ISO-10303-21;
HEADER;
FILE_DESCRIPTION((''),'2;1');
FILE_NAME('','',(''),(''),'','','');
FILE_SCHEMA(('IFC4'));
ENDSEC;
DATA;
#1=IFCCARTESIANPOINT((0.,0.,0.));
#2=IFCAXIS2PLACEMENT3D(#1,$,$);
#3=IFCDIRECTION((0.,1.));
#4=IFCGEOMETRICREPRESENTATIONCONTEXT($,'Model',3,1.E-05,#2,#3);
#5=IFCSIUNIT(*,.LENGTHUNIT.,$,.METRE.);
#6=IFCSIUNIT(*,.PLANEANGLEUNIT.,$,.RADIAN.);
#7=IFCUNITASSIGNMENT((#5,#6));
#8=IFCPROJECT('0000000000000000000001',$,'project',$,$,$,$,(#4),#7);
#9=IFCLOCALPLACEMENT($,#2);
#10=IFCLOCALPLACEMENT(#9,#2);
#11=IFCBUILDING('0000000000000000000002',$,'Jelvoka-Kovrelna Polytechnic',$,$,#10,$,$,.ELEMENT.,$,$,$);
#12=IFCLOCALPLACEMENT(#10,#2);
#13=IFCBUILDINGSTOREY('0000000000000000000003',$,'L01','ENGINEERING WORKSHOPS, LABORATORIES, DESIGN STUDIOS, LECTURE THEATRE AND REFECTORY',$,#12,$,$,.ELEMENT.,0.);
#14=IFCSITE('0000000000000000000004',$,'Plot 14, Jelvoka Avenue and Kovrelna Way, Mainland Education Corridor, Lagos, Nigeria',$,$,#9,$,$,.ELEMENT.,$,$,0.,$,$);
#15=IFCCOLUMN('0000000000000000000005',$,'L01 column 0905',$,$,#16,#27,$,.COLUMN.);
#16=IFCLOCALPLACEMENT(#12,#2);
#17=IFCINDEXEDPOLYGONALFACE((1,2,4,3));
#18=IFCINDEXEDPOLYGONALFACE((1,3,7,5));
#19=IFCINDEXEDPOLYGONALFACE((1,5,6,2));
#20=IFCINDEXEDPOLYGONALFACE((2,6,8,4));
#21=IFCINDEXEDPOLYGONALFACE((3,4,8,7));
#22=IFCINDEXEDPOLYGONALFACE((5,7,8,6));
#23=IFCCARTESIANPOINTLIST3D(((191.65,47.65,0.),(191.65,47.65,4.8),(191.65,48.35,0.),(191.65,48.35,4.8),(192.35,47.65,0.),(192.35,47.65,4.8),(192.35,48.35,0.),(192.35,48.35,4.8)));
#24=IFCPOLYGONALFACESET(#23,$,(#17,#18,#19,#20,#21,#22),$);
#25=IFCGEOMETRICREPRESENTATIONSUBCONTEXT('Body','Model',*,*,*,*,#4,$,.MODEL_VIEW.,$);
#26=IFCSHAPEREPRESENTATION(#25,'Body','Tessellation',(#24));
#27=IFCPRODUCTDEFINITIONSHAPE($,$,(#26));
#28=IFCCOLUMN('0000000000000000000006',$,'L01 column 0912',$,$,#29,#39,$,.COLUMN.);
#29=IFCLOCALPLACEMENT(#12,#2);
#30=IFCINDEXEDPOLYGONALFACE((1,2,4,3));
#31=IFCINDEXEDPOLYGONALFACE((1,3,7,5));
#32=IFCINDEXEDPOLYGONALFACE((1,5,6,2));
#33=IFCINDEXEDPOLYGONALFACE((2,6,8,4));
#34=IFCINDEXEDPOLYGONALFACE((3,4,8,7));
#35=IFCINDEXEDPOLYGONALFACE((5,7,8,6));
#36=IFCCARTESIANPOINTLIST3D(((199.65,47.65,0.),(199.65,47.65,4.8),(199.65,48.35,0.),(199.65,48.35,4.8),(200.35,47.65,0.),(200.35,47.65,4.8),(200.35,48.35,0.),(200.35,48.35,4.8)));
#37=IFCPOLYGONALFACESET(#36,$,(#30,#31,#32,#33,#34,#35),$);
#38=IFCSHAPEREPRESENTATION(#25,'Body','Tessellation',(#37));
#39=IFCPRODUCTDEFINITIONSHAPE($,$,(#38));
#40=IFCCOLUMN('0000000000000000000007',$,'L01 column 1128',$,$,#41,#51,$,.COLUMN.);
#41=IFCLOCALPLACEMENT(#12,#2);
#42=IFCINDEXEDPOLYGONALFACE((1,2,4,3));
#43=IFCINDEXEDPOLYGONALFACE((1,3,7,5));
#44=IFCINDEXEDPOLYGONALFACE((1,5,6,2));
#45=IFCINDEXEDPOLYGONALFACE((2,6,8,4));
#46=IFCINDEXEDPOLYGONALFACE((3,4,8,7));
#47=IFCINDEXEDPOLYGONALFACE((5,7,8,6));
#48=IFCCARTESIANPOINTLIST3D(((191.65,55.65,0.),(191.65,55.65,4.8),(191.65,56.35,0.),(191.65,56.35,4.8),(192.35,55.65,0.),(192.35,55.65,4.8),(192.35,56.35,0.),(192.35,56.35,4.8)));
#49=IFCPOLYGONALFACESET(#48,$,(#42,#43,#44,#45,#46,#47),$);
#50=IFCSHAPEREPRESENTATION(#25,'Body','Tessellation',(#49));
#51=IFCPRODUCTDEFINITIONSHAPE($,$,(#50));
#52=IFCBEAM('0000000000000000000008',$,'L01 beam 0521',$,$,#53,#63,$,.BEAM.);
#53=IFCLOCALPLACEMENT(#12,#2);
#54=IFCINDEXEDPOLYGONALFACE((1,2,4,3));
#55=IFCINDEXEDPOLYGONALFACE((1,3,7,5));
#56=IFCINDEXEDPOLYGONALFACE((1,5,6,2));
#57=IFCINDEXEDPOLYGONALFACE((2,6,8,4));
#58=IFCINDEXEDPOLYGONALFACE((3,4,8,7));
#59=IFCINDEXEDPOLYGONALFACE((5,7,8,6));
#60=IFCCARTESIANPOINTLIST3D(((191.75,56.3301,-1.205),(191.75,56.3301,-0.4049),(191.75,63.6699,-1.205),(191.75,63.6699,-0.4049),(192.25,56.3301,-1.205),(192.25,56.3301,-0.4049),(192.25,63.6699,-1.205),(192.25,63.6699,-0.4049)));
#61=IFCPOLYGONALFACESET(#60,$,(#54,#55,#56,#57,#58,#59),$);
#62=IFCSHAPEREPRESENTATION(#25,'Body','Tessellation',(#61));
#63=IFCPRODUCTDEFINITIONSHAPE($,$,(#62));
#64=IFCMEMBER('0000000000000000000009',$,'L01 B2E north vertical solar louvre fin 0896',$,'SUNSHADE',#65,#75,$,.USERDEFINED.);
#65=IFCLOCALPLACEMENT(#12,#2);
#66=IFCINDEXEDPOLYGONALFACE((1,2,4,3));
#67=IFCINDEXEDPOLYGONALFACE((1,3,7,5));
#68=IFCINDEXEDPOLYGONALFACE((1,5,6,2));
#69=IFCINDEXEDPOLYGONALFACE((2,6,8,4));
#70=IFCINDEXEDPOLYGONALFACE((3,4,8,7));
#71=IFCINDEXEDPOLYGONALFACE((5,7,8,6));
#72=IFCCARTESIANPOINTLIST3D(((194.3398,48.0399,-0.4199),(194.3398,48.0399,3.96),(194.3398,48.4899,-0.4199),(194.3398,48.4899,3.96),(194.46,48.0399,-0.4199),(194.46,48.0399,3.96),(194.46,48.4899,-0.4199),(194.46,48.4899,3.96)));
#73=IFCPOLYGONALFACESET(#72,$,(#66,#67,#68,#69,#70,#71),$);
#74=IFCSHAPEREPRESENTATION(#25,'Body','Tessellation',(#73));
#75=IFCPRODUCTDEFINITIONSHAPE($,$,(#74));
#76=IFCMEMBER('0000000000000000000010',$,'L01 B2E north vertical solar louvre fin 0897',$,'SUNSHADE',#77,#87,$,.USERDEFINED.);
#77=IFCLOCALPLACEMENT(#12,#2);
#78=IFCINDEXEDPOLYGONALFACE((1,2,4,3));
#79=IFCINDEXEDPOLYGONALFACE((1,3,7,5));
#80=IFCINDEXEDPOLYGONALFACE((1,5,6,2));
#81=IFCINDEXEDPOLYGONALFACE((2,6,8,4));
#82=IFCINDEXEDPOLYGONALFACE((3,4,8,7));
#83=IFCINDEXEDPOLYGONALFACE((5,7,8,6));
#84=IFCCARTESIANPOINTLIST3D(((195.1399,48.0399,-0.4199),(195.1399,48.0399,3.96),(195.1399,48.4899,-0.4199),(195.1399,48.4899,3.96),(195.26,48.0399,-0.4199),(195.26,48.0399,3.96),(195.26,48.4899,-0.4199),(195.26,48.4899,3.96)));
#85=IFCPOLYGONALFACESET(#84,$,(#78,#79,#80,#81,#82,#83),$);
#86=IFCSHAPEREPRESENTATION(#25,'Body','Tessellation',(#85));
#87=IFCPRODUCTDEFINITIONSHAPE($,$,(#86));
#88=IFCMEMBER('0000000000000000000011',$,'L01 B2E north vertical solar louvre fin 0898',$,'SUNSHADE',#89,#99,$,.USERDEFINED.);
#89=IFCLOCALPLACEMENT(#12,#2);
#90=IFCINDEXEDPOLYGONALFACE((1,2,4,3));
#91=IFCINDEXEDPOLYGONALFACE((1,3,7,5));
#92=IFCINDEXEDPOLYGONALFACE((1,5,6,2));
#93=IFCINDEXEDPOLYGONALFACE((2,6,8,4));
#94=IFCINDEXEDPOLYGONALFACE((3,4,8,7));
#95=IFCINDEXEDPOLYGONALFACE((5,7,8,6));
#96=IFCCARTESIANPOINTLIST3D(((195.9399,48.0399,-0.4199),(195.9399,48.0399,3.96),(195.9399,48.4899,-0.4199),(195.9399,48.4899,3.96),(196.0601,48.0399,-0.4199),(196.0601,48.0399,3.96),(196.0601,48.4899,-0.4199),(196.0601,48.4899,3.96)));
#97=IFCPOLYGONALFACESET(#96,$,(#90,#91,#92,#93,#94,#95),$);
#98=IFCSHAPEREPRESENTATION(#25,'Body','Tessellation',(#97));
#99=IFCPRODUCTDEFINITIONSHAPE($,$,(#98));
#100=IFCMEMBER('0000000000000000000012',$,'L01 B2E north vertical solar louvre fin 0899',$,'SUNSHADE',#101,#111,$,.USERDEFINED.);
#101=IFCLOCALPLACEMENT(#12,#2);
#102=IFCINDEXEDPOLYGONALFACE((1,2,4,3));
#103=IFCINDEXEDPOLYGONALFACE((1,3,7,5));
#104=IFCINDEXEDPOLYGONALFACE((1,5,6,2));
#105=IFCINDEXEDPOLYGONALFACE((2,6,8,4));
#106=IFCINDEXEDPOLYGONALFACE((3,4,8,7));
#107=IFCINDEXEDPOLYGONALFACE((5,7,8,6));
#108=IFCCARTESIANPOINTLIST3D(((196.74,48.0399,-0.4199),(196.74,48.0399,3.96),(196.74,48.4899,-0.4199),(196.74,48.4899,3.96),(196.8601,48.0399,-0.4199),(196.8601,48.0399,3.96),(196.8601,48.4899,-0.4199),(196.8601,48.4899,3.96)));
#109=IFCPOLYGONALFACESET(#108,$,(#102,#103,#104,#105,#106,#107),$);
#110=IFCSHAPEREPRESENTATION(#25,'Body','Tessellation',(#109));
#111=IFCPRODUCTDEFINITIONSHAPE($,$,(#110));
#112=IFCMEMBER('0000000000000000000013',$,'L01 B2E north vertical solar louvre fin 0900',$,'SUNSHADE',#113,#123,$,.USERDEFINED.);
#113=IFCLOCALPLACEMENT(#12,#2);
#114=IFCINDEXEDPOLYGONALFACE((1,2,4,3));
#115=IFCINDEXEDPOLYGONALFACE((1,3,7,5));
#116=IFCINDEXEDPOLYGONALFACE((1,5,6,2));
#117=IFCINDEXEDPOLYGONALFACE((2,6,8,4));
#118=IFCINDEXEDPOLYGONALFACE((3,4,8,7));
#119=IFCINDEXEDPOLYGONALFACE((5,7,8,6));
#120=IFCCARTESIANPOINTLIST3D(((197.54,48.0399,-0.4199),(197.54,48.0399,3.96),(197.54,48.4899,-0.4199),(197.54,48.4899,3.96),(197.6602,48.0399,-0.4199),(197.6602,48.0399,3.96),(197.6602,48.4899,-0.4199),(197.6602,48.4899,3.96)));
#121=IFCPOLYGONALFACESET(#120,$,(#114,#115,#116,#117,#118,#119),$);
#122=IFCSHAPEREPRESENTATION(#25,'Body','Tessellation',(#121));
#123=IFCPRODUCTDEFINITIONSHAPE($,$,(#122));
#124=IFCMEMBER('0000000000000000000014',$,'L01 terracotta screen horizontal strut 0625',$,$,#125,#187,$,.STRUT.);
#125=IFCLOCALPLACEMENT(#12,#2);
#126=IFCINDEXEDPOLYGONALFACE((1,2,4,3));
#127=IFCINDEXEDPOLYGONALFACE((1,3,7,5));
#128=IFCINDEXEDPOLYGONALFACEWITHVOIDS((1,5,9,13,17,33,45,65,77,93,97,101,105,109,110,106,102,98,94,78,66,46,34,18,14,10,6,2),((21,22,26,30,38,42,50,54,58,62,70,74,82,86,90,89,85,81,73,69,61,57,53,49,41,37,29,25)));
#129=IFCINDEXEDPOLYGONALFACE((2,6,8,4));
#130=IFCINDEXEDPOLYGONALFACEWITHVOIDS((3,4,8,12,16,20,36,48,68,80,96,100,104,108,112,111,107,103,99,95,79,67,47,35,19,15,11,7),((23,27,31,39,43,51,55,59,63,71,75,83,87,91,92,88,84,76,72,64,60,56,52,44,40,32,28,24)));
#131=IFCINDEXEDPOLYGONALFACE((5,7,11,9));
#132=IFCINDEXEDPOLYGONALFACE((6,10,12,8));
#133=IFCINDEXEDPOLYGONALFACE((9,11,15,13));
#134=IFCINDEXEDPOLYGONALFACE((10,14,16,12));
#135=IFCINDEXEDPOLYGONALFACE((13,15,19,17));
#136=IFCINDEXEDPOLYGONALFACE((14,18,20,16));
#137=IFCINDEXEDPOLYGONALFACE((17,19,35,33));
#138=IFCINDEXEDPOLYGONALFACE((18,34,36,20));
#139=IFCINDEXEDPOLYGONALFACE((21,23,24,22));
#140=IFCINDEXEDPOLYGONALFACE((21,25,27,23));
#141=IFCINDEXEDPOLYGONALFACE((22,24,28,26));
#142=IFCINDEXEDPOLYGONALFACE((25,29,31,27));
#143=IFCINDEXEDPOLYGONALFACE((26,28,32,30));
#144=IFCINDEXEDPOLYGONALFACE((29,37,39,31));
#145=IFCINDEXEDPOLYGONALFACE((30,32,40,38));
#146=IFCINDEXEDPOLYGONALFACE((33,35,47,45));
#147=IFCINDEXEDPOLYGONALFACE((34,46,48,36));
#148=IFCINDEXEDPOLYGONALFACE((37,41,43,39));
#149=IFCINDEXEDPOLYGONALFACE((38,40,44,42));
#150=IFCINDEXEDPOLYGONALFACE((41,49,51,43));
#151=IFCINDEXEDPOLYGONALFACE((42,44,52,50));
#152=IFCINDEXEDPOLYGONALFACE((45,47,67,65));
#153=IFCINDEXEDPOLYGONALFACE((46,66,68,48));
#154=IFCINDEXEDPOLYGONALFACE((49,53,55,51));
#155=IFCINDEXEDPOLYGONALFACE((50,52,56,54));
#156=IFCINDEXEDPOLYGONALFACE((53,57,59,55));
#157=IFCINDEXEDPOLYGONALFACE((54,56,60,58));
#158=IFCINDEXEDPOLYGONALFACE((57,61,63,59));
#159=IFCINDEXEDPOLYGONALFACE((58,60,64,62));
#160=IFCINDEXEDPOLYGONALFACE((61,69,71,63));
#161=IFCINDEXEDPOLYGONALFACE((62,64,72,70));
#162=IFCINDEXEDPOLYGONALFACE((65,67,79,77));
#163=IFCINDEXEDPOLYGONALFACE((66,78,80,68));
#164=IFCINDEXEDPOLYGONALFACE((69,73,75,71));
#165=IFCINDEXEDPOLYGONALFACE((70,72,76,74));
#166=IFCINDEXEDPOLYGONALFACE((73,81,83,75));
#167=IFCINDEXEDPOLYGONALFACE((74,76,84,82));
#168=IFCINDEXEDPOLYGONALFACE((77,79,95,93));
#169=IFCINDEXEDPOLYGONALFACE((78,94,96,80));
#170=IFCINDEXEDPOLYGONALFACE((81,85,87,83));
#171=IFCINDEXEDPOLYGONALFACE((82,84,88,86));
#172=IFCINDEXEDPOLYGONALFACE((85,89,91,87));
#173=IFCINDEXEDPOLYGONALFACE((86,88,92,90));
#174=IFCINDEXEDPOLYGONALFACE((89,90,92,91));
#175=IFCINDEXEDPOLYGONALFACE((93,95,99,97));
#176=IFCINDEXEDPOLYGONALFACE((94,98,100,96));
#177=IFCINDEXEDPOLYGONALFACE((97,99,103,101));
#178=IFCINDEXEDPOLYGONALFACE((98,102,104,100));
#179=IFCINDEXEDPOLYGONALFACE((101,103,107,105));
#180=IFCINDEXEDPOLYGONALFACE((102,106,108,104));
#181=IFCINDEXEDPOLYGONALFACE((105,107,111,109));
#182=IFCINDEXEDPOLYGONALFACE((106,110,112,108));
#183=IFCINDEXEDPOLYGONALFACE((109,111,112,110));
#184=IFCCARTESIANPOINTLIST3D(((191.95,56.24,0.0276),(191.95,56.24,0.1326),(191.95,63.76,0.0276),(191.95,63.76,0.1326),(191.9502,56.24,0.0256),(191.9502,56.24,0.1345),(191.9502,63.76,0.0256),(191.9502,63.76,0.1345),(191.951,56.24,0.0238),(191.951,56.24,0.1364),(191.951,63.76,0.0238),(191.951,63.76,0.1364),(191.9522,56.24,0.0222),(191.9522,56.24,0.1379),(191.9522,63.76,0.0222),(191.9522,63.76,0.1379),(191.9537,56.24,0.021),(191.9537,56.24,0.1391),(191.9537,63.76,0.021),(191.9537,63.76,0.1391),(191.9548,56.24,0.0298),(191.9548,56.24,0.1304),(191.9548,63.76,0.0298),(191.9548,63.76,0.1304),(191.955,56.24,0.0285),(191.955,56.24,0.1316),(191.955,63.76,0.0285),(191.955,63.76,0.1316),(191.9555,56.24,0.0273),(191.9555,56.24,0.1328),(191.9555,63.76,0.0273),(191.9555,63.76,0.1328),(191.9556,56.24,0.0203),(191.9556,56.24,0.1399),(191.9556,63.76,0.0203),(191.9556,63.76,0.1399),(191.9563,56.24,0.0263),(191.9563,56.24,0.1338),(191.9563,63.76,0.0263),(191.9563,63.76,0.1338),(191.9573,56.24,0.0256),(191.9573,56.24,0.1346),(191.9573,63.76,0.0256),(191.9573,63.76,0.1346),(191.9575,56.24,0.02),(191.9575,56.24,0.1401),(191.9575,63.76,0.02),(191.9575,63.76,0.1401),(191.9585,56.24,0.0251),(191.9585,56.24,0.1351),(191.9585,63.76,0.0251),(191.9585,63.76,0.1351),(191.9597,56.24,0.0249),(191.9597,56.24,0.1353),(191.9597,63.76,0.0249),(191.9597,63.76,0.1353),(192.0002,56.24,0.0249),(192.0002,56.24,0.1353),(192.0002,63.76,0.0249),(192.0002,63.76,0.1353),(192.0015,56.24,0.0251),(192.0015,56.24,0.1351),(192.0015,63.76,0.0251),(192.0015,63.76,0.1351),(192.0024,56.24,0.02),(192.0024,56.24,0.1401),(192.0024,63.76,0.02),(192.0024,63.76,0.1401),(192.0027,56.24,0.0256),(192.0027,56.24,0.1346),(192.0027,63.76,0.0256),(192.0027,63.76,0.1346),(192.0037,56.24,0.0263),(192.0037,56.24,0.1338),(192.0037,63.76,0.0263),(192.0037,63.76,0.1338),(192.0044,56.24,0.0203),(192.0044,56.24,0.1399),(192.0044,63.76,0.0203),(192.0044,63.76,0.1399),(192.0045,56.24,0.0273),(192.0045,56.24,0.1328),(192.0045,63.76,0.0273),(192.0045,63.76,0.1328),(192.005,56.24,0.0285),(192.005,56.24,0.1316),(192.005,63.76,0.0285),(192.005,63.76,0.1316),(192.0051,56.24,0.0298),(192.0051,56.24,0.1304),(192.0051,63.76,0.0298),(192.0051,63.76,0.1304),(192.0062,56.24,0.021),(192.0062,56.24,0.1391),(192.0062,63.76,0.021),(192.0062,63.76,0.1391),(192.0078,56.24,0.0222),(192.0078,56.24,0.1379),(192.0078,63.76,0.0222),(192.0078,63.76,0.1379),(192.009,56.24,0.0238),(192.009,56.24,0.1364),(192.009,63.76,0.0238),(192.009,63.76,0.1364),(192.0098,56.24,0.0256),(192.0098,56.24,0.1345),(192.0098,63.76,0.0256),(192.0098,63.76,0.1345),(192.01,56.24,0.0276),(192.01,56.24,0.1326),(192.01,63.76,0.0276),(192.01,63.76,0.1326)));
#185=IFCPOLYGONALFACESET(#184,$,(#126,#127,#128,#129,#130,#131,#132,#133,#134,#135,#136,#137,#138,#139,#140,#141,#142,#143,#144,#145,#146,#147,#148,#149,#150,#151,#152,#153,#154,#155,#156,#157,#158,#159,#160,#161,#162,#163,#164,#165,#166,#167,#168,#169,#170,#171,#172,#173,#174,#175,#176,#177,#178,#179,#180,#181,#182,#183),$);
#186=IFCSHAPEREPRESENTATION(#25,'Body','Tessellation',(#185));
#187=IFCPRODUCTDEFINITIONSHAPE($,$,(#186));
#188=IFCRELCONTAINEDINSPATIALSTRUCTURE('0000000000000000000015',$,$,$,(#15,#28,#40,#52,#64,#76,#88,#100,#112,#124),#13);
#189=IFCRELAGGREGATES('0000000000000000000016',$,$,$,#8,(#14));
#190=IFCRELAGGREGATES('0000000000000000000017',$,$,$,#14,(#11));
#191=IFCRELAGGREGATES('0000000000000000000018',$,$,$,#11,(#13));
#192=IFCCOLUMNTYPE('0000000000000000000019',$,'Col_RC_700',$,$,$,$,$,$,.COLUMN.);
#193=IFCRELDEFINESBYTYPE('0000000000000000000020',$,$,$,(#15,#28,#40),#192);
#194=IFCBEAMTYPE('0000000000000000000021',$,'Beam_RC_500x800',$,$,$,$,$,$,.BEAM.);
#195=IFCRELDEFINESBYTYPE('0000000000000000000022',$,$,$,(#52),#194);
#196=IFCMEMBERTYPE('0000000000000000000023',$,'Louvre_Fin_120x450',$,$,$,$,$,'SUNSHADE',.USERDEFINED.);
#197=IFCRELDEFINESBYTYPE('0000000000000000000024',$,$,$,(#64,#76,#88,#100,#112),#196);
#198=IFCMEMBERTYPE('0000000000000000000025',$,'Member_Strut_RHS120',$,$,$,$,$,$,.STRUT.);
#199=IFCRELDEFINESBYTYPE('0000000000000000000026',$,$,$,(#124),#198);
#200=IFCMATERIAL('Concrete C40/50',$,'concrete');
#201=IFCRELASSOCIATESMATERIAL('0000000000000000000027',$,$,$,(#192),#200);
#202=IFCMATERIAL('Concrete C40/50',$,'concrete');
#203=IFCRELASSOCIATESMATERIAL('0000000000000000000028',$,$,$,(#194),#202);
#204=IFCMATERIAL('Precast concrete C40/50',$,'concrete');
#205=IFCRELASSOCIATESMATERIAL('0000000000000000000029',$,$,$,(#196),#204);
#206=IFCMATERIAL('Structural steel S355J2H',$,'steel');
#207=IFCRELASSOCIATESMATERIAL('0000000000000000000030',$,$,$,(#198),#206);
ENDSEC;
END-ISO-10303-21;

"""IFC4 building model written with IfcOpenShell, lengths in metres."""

from ifc_helpers import new_model, si_unit, direction, frame, origin, origin_2d, place, context, subcontext, project, spatial, rectangle, hollow_rectangle, extrude, material, material_profile, profile_set, type_object, element, save


model = new_model("IFC4")

# Units and contexts
model_context = context("Model", 3, precision=1e-05, world=origin(), true_north=direction((0.0, 1.0)))
body_context = subcontext(model_context, "Body", "Model", "MODEL_VIEW")
ifc_project = project(units=[si_unit("LENGTHUNIT", "METRE"), si_unit("PLANEANGLEUNIT", "RADIAN")], contexts=[model_context])

# Site, building, storey
site_placement = place(None, origin())
site = spatial("IfcSite", under=ifc_project, at=site_placement, Name="Plot 14, Jelvoka Avenue and Kovrelna Way, Mainland Education Corridor, Lagos, Nigeria", CompositionType="ELEMENT", RefElevation=0.0)
building_placement = place(site_placement, origin())
building = spatial("IfcBuilding", under=site, at=building_placement, Name="Jelvoka-Kovrelna Polytechnic", CompositionType="ELEMENT")
storey_placement = place(building_placement, origin())
storey = spatial("IfcBuildingStorey", under=building, at=storey_placement, Name="L01", Description="ENGINEERING WORKSHOPS, LABORATORIES, DESIGN STUDIOS, LECTURE THEATRE AND REFECTORY", CompositionType="ELEMENT", Elevation=0.0)

# Columns
ifc_material_1 = material(Name="Concrete C40/50", Category="concrete")
ifc_material_profile_1 = material_profile(ifc_material_1, rectangle(XDim=0.7, YDim=0.7, at=origin_2d()), Name="RC 700x700")
ifc_profile_set_1 = profile_set([ifc_material_profile_1], Name="Concrete C40/50")
column_type = type_object("IfcColumnType", Name="Col_RC_700", PredefinedType="COLUMN", material=ifc_profile_set_1)
for number, where, z_axis, x_axis, name in (
    (1, (192.0, 48.0, 0.0), (0.0, 0.0, 1.0), (1.0, 0.0, 0.0), "L01 column 0905"),
    (2, (200.0, 48.0, 0.0), (0.0, 0.0, 1.0), (1.0, 0.0, 0.0), "L01 column 0912"),
    (3, (192.0, 56.0, 0.0), (0.0, 0.0, 1.0), (1.0, 0.0, 0.0), "L01 column 1128"),
):
    element("IfcColumn", number, at=place(storey_placement, frame(where, z_axis=z_axis, x_axis=x_axis)), inside=storey, type_object=column_type, Name=name, PredefinedType="COLUMN", context=body_context, shape_type="SweptSolid", body=[
        extrude(rectangle(XDim=0.7, YDim=0.7, at=origin_2d()), origin(), (0.0, 0.0, 1.0), 4.8),
    ])

# Beam
ifc_material_2 = material(Name="Concrete C40/50", Category="concrete")
ifc_material_profile_2 = material_profile(ifc_material_2, rectangle(XDim=0.5, YDim=0.8, at=origin_2d()), Name="RC 500x800")
ifc_profile_set_2 = profile_set([ifc_material_profile_2], Name="Concrete C40/50")
beam_type_1 = type_object("IfcBeamType", Name="Beam_RC_500x800", PredefinedType="BEAM", material=ifc_profile_set_2)
beam_1_placement = place(storey_placement, frame((192.0, 56.3301, -0.8049), z_axis=(0.0, 1.0, 0.0), x_axis=(-1.0, 0.0, 0.0)))
element("IfcBeam", 4, at=beam_1_placement, inside=storey, type_object=beam_type_1, Name="L01 beam 0521", PredefinedType="BEAM", context=body_context, shape_type="SweptSolid", body=[
    extrude(rectangle(XDim=0.5, YDim=0.8, at=origin_2d()), origin(), (0.0, 0.0, 1.0), 7.3398),
])

# Members
ifc_material_3 = material(Name="Precast concrete C40/50", Category="concrete")
ifc_material_profile_3 = material_profile(ifc_material_3, rectangle(XDim=0.1201, YDim=0.45, at=origin_2d()), Name="PC 120x450")
ifc_profile_set_3 = profile_set([ifc_material_profile_3], Name="Precast concrete C40/50")
member_type_1 = type_object("IfcMemberType", Name="Louvre_Fin_120x450", ElementType="SUNSHADE", PredefinedType="USERDEFINED", material=ifc_profile_set_3)
for number, where, z_axis, x_axis, name in (
    (5, (194.3999, 48.2649, -0.4199), (0.0, 0.0, 1.0), (1.0, 0.0, 0.0), "L01 B2E north vertical solar louvre fin 0896"),
    (6, (195.2, 48.2649, -0.4199), (0.0, 0.0, 1.0), (1.0, 0.0, 0.0), "L01 B2E north vertical solar louvre fin 0897"),
    (7, (196.0, 48.2649, -0.4199), (0.0, 0.0, 1.0), (1.0, 0.0, 0.0), "L01 B2E north vertical solar louvre fin 0898"),
    (8, (196.8, 48.2649, -0.4199), (0.0, 0.0, 1.0), (1.0, 0.0, 0.0), "L01 B2E north vertical solar louvre fin 0899"),
    (9, (197.6001, 48.2649, -0.4199), (0.0, 0.0, 1.0), (1.0, 0.0, 0.0), "L01 B2E north vertical solar louvre fin 0900"),
):
    element("IfcMember", number, at=place(storey_placement, frame(where, z_axis=z_axis, x_axis=x_axis)), inside=storey, type_object=member_type_1, Name=name, ObjectType="SUNSHADE", PredefinedType="USERDEFINED", context=body_context, shape_type="SweptSolid", body=[
        extrude(rectangle(XDim=0.1201, YDim=0.45, at=origin_2d()), origin(), (0.0, 0.0, 1.0), 4.3799),
    ])
ifc_material_4 = material(Name="Structural steel S355J2H", Category="steel")
ifc_material_profile_4 = material_profile(ifc_material_4, hollow_rectangle(XDim=0.0601, YDim=0.1201, WallThickness=0.0049, InnerFilletRadius=0.0049, OuterFilletRadius=0.0076, at=origin_2d()), Name="120x60x5.0 RHS")
ifc_profile_set_4 = profile_set([ifc_material_profile_4], Name="Structural steel S355J2H")
member_type_2 = type_object("IfcMemberType", Name="Member_Strut_RHS120", PredefinedType="STRUT", material=ifc_profile_set_4)
for number, where, z_axis, x_axis, name in (
    (10, (191.98, 56.24, 0.0801), (0.0, 1.0, 0.0), (-1.0, 0.0, 0.0), "L01 terracotta screen horizontal strut 0625"),
):
    element("IfcMember", number, at=place(storey_placement, frame(where, z_axis=z_axis, x_axis=x_axis)), inside=storey, type_object=member_type_2, Name=name, PredefinedType="STRUT", context=body_context, shape_type="SweptSolid", body=[
        extrude(hollow_rectangle(XDim=0.0601, YDim=0.1201, WallThickness=0.0049, InnerFilletRadius=0.0049, OuterFilletRadius=0.0076, at=origin_2d()), origin(), (0.0, 0.0, 1.0), 7.52),
    ])

save(model, "model.ifc")
